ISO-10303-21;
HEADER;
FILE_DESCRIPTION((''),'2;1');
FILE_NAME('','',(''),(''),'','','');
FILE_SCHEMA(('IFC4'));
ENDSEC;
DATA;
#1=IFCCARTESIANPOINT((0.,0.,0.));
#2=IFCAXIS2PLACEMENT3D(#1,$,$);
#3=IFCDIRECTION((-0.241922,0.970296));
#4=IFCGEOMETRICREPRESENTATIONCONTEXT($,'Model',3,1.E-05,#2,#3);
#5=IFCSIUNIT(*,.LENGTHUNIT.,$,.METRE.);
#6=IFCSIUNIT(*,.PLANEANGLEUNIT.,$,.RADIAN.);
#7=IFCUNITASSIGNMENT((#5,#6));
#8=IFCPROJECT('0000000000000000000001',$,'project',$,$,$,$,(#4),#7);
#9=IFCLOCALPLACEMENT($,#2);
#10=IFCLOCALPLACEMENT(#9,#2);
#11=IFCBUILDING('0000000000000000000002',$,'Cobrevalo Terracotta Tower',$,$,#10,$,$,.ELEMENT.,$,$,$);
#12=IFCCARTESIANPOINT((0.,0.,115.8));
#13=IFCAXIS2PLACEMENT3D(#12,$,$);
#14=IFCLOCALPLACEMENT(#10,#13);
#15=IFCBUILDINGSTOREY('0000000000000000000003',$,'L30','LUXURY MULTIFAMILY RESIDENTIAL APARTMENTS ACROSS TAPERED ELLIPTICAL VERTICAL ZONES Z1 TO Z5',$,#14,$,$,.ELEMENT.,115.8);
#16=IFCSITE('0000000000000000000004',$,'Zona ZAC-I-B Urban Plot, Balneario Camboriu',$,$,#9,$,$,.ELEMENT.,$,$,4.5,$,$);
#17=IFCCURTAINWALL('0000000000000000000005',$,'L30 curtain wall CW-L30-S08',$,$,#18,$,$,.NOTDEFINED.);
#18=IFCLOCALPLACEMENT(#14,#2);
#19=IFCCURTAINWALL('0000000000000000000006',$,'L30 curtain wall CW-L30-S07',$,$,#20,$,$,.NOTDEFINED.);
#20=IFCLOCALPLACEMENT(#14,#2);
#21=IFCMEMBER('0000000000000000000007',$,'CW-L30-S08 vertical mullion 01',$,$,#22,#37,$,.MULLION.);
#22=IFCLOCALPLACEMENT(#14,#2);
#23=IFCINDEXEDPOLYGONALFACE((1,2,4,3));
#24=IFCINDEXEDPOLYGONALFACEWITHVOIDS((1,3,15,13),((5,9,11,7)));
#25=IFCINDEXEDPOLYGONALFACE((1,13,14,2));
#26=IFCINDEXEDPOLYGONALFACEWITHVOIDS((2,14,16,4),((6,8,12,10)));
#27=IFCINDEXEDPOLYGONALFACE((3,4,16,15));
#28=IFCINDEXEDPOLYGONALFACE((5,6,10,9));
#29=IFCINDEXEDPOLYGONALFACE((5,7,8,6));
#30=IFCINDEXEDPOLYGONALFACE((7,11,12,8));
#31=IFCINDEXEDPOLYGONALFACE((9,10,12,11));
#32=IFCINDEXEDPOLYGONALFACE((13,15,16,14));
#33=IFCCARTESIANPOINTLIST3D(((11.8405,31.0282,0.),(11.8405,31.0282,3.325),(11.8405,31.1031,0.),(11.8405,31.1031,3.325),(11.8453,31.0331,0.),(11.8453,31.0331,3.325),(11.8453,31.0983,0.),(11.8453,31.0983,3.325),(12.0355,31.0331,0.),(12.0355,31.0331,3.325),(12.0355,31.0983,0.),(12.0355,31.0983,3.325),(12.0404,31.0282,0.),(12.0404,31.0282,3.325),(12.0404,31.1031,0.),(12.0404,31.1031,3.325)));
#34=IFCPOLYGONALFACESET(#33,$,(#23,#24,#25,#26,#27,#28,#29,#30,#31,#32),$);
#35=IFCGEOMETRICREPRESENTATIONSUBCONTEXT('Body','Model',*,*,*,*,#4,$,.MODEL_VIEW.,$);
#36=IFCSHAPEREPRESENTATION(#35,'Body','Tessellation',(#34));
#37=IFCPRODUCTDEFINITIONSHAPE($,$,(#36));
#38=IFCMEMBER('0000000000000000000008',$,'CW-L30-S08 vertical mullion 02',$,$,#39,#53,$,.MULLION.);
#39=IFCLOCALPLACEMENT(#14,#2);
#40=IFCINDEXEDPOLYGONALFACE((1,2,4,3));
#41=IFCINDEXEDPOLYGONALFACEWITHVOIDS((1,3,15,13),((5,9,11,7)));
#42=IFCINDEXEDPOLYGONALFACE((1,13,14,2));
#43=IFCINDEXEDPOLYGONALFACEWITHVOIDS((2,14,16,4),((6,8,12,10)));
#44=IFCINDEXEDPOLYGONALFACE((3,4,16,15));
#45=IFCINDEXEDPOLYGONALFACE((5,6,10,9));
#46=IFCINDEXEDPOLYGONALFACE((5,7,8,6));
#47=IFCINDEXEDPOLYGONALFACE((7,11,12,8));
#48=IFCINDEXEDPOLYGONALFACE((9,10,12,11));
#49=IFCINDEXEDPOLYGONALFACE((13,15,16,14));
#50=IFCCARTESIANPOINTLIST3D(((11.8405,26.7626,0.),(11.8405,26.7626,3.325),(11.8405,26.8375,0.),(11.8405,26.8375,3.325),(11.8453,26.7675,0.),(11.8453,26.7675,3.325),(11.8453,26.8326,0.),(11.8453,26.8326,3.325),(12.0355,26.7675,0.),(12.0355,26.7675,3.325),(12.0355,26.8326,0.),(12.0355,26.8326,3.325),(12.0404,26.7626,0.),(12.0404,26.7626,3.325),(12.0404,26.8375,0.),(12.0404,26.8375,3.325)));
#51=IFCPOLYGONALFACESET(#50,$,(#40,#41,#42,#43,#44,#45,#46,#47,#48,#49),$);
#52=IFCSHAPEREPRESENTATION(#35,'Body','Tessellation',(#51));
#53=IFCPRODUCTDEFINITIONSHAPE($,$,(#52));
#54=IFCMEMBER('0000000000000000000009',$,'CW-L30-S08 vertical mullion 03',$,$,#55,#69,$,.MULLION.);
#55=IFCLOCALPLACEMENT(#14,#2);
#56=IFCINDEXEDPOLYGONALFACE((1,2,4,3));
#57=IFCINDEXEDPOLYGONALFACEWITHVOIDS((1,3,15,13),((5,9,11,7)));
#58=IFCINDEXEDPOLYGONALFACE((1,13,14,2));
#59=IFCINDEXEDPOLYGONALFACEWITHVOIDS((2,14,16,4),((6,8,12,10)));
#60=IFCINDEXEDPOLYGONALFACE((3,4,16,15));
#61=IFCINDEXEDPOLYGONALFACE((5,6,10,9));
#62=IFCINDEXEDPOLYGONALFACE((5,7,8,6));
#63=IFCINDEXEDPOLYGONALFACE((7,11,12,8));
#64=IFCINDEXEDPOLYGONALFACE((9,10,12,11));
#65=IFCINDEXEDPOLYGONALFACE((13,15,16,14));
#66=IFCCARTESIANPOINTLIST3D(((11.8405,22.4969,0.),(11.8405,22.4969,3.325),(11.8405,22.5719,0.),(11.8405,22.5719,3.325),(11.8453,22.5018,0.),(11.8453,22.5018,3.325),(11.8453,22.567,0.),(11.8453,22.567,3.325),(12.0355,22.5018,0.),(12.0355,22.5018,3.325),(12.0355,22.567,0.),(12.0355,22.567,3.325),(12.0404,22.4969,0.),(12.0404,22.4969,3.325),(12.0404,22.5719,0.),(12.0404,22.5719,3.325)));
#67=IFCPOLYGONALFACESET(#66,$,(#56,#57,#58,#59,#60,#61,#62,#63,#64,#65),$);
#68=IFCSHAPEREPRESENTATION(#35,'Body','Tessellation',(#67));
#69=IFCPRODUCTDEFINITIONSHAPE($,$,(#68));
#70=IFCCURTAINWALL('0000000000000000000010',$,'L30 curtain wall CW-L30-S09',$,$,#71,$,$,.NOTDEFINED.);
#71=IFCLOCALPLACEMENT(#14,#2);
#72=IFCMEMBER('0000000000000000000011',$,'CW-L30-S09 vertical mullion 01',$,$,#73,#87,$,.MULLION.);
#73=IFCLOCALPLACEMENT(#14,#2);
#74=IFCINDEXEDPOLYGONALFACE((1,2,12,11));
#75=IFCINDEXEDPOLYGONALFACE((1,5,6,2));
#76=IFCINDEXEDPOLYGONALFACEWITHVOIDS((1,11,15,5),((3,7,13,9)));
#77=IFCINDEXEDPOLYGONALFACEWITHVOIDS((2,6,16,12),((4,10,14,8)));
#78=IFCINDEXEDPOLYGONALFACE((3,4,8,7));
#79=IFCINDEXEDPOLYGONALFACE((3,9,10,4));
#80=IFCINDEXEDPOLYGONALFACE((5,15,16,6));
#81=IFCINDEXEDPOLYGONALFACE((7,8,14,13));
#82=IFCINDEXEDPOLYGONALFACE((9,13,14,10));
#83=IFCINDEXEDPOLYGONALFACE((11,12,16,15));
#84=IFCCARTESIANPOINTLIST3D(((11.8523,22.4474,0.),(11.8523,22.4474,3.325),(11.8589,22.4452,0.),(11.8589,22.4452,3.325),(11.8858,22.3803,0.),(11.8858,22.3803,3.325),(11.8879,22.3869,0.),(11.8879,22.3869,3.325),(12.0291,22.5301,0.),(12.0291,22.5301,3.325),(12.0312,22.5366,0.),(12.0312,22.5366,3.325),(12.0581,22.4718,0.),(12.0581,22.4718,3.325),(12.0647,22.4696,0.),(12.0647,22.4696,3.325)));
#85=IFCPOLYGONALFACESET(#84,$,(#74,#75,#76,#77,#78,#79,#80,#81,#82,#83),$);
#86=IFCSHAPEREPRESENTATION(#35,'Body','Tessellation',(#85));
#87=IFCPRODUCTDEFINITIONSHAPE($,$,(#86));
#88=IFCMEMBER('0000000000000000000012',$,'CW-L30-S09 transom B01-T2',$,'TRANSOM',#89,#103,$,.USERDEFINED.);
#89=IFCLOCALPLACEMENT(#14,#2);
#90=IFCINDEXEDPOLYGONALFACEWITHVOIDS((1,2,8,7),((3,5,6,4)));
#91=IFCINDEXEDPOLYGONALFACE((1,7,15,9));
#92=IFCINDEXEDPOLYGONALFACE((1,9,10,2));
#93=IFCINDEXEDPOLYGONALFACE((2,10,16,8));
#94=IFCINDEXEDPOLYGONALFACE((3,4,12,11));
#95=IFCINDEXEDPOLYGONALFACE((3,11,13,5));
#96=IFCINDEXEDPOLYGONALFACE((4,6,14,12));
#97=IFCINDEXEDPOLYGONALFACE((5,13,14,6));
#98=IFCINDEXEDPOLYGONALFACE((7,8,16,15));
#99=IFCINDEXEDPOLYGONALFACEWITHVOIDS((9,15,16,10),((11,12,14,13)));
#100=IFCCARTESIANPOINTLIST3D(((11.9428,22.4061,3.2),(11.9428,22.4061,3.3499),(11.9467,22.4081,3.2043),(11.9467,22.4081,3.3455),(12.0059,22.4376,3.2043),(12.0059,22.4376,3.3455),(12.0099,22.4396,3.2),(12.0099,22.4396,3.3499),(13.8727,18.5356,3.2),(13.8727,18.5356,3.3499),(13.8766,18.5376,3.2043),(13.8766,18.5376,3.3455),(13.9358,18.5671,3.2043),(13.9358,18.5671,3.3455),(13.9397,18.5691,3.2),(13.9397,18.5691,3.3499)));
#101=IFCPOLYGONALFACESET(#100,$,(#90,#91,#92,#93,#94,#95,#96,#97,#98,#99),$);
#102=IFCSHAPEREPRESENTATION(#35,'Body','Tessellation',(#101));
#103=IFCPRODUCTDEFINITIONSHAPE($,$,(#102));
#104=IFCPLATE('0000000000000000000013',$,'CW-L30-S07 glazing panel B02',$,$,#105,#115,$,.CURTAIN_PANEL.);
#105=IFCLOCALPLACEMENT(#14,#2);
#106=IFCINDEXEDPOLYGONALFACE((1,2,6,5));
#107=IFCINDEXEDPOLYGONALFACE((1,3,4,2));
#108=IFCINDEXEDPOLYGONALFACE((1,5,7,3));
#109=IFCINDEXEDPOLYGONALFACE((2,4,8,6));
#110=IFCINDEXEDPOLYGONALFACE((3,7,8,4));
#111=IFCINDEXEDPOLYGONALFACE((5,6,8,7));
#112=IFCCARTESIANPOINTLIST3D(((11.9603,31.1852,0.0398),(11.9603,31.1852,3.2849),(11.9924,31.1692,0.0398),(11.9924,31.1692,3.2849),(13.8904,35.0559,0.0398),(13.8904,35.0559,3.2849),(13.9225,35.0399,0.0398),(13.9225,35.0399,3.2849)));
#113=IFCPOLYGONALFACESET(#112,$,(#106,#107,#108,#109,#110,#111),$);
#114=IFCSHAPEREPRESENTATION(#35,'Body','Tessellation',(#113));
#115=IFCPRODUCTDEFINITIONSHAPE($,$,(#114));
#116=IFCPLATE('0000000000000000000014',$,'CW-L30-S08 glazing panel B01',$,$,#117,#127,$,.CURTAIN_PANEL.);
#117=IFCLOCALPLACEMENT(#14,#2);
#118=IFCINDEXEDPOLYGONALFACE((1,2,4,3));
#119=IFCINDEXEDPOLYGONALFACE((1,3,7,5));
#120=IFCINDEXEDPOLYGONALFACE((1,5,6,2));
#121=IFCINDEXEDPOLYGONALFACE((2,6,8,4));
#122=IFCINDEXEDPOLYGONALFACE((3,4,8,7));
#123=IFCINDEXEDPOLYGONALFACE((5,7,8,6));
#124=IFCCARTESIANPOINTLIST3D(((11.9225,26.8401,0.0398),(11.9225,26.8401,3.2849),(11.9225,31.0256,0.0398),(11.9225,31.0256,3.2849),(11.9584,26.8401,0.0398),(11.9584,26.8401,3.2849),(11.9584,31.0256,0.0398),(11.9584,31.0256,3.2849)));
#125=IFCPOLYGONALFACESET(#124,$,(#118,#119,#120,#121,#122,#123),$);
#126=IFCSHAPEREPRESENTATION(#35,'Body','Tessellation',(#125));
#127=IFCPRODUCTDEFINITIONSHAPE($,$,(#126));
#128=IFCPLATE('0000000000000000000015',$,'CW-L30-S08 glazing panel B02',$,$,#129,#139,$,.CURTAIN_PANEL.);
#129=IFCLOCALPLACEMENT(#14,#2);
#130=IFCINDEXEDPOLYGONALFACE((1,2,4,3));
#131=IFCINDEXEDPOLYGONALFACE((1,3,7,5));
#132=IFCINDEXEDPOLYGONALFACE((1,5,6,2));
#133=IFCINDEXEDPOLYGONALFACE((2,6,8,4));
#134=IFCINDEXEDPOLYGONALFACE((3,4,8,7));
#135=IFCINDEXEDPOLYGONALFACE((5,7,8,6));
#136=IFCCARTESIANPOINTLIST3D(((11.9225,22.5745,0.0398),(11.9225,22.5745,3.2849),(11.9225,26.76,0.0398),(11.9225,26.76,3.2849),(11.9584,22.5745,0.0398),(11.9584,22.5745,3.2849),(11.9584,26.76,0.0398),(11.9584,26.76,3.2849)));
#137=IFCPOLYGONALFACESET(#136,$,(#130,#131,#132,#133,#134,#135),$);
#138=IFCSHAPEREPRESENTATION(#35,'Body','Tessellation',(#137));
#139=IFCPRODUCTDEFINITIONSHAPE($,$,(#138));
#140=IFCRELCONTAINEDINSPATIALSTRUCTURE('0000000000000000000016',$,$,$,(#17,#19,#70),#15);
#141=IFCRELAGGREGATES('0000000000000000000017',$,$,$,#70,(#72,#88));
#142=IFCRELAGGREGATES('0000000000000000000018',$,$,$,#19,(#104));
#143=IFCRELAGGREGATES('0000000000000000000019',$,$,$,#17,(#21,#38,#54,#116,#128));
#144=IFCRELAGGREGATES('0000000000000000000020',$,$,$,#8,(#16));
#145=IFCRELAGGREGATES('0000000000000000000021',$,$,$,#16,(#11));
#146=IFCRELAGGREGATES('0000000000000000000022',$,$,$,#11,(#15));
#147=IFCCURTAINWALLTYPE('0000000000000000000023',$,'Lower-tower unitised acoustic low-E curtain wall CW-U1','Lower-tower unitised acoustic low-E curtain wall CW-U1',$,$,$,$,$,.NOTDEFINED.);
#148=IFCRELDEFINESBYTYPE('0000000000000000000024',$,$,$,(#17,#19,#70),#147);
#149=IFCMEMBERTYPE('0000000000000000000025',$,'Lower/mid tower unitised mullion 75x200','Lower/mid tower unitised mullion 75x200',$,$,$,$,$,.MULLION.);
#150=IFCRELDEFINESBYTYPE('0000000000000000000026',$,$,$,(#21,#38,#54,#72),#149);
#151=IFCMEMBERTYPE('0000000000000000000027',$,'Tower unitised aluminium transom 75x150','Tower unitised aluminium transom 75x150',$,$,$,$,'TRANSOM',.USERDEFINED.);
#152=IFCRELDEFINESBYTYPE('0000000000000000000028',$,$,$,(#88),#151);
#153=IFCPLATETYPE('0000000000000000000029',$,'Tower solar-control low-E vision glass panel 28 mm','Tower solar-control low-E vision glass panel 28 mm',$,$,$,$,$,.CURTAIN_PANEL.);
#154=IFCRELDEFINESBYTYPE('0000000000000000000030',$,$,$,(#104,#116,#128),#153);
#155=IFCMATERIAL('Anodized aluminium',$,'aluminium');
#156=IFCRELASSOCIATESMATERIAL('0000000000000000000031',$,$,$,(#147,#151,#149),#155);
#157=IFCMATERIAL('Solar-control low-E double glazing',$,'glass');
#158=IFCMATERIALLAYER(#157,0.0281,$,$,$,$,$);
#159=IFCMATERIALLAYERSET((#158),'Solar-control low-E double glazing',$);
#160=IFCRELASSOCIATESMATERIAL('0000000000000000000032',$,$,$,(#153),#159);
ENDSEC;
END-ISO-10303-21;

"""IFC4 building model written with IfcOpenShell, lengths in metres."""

from ifc_helpers import new_model, si_unit, direction, frame, origin, origin_2d, place, context, subcontext, project, spatial, rectangle, hollow_rectangle, extrude, source, transform, mapped, material, layer, layer_set, material_profile, profile_set, type_object, element, aggregate, save


model = new_model("IFC4")

# Units and contexts
model_context = context("Model", 3, precision=1e-05, world=origin(), true_north=direction((-0.241922, 0.970296)))
body_context = subcontext(model_context, "Body", "Model", "MODEL_VIEW")
ifc_project = project(units=[si_unit("LENGTHUNIT", "METRE"), si_unit("PLANEANGLEUNIT", "RADIAN")], contexts=[model_context])

# Site, building, storey
site_placement = place(None, origin())
site = spatial("IfcSite", under=ifc_project, at=site_placement, Name="Zona ZAC-I-B Urban Plot, Balneario Camboriu", CompositionType="ELEMENT", RefElevation=4.5)
building_placement = place(site_placement, origin())
building = spatial("IfcBuilding", under=site, at=building_placement, Name="Cobrevalo Terracotta Tower", CompositionType="ELEMENT")
storey_placement = place(building_placement, frame((0.0, 0.0, 115.8)))
storey = spatial("IfcBuildingStorey", under=building, at=storey_placement, Name="L30", Description="LUXURY MULTIFAMILY RESIDENTIAL APARTMENTS ACROSS TAPERED ELLIPTICAL VERTICAL ZONES Z1 TO Z5", CompositionType="ELEMENT", Elevation=115.8)

# Curtain wall
ifc_material_1 = material(Name="Anodized aluminium", Category="aluminium")
curtain_wall_type = type_object("IfcCurtainWallType", Name="Lower-tower unitised acoustic low-E curtain wall CW-U1", Description="Lower-tower unitised acoustic low-E curtain wall CW-U1", PredefinedType="NOTDEFINED", material=ifc_material_1)
curtain_wall_1_placement = place(storey_placement, origin())
curtain_wall_1 = element("IfcCurtainWall", 1, at=curtain_wall_1_placement, inside=storey, type_object=curtain_wall_type, Name="L30 curtain wall CW-L30-S08", PredefinedType="NOTDEFINED")
ifc_material_profile_1 = material_profile(ifc_material_1, hollow_rectangle(XDim=0.075, YDim=0.1499, WallThickness=0.0044, at=origin_2d()), Name="CWT 75x150")
ifc_profile_set_1 = profile_set([ifc_material_profile_1], Name="Anodized aluminium")
member_type_1 = type_object("IfcMemberType", Name="Tower unitised aluminium transom 75x150", Description="Tower unitised aluminium transom 75x150", ElementType="TRANSOM", PredefinedType="USERDEFINED", material=ifc_profile_set_1)

# Curtain wall
curtain_wall_2_placement = place(storey_placement, origin())
curtain_wall_2 = element("IfcCurtainWall", 2, at=curtain_wall_2_placement, inside=storey, type_object=curtain_wall_type, Name="L30 curtain wall CW-L30-S07", PredefinedType="NOTDEFINED")
ifc_material_profile_2 = material_profile(ifc_material_1, hollow_rectangle(XDim=0.075, YDim=0.2, WallThickness=0.0049, at=origin_2d()), Name="CWM 75x200")
ifc_profile_set_2 = profile_set([ifc_material_profile_2], Name="Anodized aluminium")
member_type_2 = type_object("IfcMemberType", Name="Lower/mid tower unitised mullion 75x200", Description="Lower/mid tower unitised mullion 75x200", PredefinedType="MULLION", material=ifc_profile_set_2)
shared_shape_1 = source(origin(), body_context, "Body", "SweptSolid", [
    extrude(hollow_rectangle(XDim=0.075, YDim=0.2, WallThickness=0.0049, at=origin_2d()), origin(), (0.0, 0.0, 1.0), 3.325),
])

# Members
member_1_placement = place(storey_placement, frame((11.9404, 31.0657, 0.0), z_axis=(0.0, 0.0, 1.0), x_axis=(0.0, -1.0, 0.0)))
member_1 = element("IfcMember", 3, at=member_1_placement, type_object=member_type_2, Name="CW-L30-S08 vertical mullion 01", PredefinedType="MULLION", context=body_context, shape_type="MappedRepresentation", body=[
    mapped(shared_shape_1, transform((0.0, 0.0, 0.0), scale=1.0)),
])
member_2_placement = place(storey_placement, frame((11.9404, 26.8, 0.0), z_axis=(0.0, 0.0, 1.0), x_axis=(0.0, -1.0, 0.0)))
member_2 = element("IfcMember", 4, at=member_2_placement, type_object=member_type_2, Name="CW-L30-S08 vertical mullion 02", PredefinedType="MULLION", context=body_context, shape_type="MappedRepresentation", body=[
    mapped(shared_shape_1, transform((0.0, 0.0, 0.0), scale=1.0)),
])
member_3_placement = place(storey_placement, frame((11.9404, 22.5344, 0.0), z_axis=(0.0, 0.0, 1.0), x_axis=(0.0, -1.0, 0.0)))
member_3 = element("IfcMember", 5, at=member_3_placement, type_object=member_type_2, Name="CW-L30-S08 vertical mullion 03", PredefinedType="MULLION", context=body_context, shape_type="MappedRepresentation", body=[
    mapped(shared_shape_1, transform((0.0, 0.0, 0.0), scale=1.0)),
])

# Curtain wall, members
curtain_wall_3_placement = place(storey_placement, origin())
curtain_wall_3 = element("IfcCurtainWall", 6, at=curtain_wall_3_placement, inside=storey, type_object=curtain_wall_type, Name="L30 curtain wall CW-L30-S09", PredefinedType="NOTDEFINED")
member_4_placement = place(storey_placement, frame((11.9585, 22.4585, 0.0), z_axis=(0.0, 0.0, 1.0), x_axis=(0.44626, -0.894903, 0.0)))
member_4 = element("IfcMember", 7, at=member_4_placement, type_object=member_type_2, Name="CW-L30-S09 vertical mullion 01", PredefinedType="MULLION", context=body_context, shape_type="MappedRepresentation", body=[
    mapped(shared_shape_1, transform((0.0, 0.0, 0.0), scale=1.0)),
])
shared_shape_2 = source(origin(), body_context, "Body", "SweptSolid", [
    extrude(hollow_rectangle(XDim=0.075, YDim=0.1499, WallThickness=0.0044, at=origin_2d()), origin(), (0.0, 0.0, 1.0), 4.325),
])
member_5_placement = place(storey_placement, frame((11.9763, 22.4229, 3.2749), z_axis=(0.44622, -0.894923, 0.0), x_axis=(0.894923, 0.44622, 0.0)))
member_5 = element("IfcMember", 8, at=member_5_placement, type_object=member_type_1, Name="CW-L30-S09 transom B01-T2", ObjectType="TRANSOM", PredefinedType="USERDEFINED", context=body_context, shape_type="MappedRepresentation", body=[
    mapped(shared_shape_2, transform((0.0, 0.0, 0.0), scale=1.0)),
])
aggregate(curtain_wall_3, [member_4, member_5])

# Plates
ifc_material_2 = material(Name="Solar-control low-E double glazing", Category="glass")
ifc_layer = layer(ifc_material_2, 0.0281)
ifc_layer_set = layer_set([ifc_layer], Name="Solar-control low-E double glazing")
plate_type = type_object("IfcPlateType", Name="Tower solar-control low-E vision glass panel 28 mm", Description="Tower solar-control low-E vision glass panel 28 mm", PredefinedType="CURTAIN_PANEL", material=ifc_layer_set)
shared_shape_3 = source(origin(), body_context, "Body", "SweptSolid", [
    extrude(rectangle(XDim=4.3252, YDim=0.0359, at=origin_2d()), origin(), (0.0, 0.0, 1.0), 3.2451),
])
plate_1_placement = place(storey_placement, frame((12.9414, 33.1125, 0.0398), z_axis=(0.0, 0.0, 1.0), x_axis=(-0.446262, -0.894902, 0.0)))
plate_1 = element("IfcPlate", 9, at=plate_1_placement, type_object=plate_type, Name="CW-L30-S07 glazing panel B02", PredefinedType="CURTAIN_PANEL", context=body_context, shape_type="MappedRepresentation", body=[
    mapped(shared_shape_3, transform((0.0, 0.0, 0.0), scale=1.0)),
])
aggregate(curtain_wall_2, [plate_1])
shared_shape_4 = source(origin(), body_context, "Body", "SweptSolid", [
    extrude(rectangle(XDim=4.1855, YDim=0.0359, at=origin_2d()), origin(), (0.0, 0.0, 1.0), 3.2451),
])
plate_2_placement = place(storey_placement, frame((11.9404, 28.9329, 0.0398), z_axis=(0.0, 0.0, 1.0), x_axis=(0.0, -1.0, 0.0)))
plate_2 = element("IfcPlate", 10, at=plate_2_placement, type_object=plate_type, Name="CW-L30-S08 glazing panel B01", PredefinedType="CURTAIN_PANEL", context=body_context, shape_type="MappedRepresentation", body=[
    mapped(shared_shape_4, transform((0.0, 0.0, 0.0), scale=1.0)),
])
plate_3_placement = place(storey_placement, frame((11.9404, 24.6672, 0.0398), z_axis=(0.0, 0.0, 1.0), x_axis=(0.0, -1.0, 0.0)))
plate_3 = element("IfcPlate", 11, at=plate_3_placement, type_object=plate_type, Name="CW-L30-S08 glazing panel B02", PredefinedType="CURTAIN_PANEL", context=body_context, shape_type="MappedRepresentation", body=[
    mapped(shared_shape_4, transform((0.0, 0.0, 0.0), scale=1.0)),
])
aggregate(curtain_wall_1, [member_1, member_2, member_3, plate_2, plate_3])

save(model, "model.ifc")
